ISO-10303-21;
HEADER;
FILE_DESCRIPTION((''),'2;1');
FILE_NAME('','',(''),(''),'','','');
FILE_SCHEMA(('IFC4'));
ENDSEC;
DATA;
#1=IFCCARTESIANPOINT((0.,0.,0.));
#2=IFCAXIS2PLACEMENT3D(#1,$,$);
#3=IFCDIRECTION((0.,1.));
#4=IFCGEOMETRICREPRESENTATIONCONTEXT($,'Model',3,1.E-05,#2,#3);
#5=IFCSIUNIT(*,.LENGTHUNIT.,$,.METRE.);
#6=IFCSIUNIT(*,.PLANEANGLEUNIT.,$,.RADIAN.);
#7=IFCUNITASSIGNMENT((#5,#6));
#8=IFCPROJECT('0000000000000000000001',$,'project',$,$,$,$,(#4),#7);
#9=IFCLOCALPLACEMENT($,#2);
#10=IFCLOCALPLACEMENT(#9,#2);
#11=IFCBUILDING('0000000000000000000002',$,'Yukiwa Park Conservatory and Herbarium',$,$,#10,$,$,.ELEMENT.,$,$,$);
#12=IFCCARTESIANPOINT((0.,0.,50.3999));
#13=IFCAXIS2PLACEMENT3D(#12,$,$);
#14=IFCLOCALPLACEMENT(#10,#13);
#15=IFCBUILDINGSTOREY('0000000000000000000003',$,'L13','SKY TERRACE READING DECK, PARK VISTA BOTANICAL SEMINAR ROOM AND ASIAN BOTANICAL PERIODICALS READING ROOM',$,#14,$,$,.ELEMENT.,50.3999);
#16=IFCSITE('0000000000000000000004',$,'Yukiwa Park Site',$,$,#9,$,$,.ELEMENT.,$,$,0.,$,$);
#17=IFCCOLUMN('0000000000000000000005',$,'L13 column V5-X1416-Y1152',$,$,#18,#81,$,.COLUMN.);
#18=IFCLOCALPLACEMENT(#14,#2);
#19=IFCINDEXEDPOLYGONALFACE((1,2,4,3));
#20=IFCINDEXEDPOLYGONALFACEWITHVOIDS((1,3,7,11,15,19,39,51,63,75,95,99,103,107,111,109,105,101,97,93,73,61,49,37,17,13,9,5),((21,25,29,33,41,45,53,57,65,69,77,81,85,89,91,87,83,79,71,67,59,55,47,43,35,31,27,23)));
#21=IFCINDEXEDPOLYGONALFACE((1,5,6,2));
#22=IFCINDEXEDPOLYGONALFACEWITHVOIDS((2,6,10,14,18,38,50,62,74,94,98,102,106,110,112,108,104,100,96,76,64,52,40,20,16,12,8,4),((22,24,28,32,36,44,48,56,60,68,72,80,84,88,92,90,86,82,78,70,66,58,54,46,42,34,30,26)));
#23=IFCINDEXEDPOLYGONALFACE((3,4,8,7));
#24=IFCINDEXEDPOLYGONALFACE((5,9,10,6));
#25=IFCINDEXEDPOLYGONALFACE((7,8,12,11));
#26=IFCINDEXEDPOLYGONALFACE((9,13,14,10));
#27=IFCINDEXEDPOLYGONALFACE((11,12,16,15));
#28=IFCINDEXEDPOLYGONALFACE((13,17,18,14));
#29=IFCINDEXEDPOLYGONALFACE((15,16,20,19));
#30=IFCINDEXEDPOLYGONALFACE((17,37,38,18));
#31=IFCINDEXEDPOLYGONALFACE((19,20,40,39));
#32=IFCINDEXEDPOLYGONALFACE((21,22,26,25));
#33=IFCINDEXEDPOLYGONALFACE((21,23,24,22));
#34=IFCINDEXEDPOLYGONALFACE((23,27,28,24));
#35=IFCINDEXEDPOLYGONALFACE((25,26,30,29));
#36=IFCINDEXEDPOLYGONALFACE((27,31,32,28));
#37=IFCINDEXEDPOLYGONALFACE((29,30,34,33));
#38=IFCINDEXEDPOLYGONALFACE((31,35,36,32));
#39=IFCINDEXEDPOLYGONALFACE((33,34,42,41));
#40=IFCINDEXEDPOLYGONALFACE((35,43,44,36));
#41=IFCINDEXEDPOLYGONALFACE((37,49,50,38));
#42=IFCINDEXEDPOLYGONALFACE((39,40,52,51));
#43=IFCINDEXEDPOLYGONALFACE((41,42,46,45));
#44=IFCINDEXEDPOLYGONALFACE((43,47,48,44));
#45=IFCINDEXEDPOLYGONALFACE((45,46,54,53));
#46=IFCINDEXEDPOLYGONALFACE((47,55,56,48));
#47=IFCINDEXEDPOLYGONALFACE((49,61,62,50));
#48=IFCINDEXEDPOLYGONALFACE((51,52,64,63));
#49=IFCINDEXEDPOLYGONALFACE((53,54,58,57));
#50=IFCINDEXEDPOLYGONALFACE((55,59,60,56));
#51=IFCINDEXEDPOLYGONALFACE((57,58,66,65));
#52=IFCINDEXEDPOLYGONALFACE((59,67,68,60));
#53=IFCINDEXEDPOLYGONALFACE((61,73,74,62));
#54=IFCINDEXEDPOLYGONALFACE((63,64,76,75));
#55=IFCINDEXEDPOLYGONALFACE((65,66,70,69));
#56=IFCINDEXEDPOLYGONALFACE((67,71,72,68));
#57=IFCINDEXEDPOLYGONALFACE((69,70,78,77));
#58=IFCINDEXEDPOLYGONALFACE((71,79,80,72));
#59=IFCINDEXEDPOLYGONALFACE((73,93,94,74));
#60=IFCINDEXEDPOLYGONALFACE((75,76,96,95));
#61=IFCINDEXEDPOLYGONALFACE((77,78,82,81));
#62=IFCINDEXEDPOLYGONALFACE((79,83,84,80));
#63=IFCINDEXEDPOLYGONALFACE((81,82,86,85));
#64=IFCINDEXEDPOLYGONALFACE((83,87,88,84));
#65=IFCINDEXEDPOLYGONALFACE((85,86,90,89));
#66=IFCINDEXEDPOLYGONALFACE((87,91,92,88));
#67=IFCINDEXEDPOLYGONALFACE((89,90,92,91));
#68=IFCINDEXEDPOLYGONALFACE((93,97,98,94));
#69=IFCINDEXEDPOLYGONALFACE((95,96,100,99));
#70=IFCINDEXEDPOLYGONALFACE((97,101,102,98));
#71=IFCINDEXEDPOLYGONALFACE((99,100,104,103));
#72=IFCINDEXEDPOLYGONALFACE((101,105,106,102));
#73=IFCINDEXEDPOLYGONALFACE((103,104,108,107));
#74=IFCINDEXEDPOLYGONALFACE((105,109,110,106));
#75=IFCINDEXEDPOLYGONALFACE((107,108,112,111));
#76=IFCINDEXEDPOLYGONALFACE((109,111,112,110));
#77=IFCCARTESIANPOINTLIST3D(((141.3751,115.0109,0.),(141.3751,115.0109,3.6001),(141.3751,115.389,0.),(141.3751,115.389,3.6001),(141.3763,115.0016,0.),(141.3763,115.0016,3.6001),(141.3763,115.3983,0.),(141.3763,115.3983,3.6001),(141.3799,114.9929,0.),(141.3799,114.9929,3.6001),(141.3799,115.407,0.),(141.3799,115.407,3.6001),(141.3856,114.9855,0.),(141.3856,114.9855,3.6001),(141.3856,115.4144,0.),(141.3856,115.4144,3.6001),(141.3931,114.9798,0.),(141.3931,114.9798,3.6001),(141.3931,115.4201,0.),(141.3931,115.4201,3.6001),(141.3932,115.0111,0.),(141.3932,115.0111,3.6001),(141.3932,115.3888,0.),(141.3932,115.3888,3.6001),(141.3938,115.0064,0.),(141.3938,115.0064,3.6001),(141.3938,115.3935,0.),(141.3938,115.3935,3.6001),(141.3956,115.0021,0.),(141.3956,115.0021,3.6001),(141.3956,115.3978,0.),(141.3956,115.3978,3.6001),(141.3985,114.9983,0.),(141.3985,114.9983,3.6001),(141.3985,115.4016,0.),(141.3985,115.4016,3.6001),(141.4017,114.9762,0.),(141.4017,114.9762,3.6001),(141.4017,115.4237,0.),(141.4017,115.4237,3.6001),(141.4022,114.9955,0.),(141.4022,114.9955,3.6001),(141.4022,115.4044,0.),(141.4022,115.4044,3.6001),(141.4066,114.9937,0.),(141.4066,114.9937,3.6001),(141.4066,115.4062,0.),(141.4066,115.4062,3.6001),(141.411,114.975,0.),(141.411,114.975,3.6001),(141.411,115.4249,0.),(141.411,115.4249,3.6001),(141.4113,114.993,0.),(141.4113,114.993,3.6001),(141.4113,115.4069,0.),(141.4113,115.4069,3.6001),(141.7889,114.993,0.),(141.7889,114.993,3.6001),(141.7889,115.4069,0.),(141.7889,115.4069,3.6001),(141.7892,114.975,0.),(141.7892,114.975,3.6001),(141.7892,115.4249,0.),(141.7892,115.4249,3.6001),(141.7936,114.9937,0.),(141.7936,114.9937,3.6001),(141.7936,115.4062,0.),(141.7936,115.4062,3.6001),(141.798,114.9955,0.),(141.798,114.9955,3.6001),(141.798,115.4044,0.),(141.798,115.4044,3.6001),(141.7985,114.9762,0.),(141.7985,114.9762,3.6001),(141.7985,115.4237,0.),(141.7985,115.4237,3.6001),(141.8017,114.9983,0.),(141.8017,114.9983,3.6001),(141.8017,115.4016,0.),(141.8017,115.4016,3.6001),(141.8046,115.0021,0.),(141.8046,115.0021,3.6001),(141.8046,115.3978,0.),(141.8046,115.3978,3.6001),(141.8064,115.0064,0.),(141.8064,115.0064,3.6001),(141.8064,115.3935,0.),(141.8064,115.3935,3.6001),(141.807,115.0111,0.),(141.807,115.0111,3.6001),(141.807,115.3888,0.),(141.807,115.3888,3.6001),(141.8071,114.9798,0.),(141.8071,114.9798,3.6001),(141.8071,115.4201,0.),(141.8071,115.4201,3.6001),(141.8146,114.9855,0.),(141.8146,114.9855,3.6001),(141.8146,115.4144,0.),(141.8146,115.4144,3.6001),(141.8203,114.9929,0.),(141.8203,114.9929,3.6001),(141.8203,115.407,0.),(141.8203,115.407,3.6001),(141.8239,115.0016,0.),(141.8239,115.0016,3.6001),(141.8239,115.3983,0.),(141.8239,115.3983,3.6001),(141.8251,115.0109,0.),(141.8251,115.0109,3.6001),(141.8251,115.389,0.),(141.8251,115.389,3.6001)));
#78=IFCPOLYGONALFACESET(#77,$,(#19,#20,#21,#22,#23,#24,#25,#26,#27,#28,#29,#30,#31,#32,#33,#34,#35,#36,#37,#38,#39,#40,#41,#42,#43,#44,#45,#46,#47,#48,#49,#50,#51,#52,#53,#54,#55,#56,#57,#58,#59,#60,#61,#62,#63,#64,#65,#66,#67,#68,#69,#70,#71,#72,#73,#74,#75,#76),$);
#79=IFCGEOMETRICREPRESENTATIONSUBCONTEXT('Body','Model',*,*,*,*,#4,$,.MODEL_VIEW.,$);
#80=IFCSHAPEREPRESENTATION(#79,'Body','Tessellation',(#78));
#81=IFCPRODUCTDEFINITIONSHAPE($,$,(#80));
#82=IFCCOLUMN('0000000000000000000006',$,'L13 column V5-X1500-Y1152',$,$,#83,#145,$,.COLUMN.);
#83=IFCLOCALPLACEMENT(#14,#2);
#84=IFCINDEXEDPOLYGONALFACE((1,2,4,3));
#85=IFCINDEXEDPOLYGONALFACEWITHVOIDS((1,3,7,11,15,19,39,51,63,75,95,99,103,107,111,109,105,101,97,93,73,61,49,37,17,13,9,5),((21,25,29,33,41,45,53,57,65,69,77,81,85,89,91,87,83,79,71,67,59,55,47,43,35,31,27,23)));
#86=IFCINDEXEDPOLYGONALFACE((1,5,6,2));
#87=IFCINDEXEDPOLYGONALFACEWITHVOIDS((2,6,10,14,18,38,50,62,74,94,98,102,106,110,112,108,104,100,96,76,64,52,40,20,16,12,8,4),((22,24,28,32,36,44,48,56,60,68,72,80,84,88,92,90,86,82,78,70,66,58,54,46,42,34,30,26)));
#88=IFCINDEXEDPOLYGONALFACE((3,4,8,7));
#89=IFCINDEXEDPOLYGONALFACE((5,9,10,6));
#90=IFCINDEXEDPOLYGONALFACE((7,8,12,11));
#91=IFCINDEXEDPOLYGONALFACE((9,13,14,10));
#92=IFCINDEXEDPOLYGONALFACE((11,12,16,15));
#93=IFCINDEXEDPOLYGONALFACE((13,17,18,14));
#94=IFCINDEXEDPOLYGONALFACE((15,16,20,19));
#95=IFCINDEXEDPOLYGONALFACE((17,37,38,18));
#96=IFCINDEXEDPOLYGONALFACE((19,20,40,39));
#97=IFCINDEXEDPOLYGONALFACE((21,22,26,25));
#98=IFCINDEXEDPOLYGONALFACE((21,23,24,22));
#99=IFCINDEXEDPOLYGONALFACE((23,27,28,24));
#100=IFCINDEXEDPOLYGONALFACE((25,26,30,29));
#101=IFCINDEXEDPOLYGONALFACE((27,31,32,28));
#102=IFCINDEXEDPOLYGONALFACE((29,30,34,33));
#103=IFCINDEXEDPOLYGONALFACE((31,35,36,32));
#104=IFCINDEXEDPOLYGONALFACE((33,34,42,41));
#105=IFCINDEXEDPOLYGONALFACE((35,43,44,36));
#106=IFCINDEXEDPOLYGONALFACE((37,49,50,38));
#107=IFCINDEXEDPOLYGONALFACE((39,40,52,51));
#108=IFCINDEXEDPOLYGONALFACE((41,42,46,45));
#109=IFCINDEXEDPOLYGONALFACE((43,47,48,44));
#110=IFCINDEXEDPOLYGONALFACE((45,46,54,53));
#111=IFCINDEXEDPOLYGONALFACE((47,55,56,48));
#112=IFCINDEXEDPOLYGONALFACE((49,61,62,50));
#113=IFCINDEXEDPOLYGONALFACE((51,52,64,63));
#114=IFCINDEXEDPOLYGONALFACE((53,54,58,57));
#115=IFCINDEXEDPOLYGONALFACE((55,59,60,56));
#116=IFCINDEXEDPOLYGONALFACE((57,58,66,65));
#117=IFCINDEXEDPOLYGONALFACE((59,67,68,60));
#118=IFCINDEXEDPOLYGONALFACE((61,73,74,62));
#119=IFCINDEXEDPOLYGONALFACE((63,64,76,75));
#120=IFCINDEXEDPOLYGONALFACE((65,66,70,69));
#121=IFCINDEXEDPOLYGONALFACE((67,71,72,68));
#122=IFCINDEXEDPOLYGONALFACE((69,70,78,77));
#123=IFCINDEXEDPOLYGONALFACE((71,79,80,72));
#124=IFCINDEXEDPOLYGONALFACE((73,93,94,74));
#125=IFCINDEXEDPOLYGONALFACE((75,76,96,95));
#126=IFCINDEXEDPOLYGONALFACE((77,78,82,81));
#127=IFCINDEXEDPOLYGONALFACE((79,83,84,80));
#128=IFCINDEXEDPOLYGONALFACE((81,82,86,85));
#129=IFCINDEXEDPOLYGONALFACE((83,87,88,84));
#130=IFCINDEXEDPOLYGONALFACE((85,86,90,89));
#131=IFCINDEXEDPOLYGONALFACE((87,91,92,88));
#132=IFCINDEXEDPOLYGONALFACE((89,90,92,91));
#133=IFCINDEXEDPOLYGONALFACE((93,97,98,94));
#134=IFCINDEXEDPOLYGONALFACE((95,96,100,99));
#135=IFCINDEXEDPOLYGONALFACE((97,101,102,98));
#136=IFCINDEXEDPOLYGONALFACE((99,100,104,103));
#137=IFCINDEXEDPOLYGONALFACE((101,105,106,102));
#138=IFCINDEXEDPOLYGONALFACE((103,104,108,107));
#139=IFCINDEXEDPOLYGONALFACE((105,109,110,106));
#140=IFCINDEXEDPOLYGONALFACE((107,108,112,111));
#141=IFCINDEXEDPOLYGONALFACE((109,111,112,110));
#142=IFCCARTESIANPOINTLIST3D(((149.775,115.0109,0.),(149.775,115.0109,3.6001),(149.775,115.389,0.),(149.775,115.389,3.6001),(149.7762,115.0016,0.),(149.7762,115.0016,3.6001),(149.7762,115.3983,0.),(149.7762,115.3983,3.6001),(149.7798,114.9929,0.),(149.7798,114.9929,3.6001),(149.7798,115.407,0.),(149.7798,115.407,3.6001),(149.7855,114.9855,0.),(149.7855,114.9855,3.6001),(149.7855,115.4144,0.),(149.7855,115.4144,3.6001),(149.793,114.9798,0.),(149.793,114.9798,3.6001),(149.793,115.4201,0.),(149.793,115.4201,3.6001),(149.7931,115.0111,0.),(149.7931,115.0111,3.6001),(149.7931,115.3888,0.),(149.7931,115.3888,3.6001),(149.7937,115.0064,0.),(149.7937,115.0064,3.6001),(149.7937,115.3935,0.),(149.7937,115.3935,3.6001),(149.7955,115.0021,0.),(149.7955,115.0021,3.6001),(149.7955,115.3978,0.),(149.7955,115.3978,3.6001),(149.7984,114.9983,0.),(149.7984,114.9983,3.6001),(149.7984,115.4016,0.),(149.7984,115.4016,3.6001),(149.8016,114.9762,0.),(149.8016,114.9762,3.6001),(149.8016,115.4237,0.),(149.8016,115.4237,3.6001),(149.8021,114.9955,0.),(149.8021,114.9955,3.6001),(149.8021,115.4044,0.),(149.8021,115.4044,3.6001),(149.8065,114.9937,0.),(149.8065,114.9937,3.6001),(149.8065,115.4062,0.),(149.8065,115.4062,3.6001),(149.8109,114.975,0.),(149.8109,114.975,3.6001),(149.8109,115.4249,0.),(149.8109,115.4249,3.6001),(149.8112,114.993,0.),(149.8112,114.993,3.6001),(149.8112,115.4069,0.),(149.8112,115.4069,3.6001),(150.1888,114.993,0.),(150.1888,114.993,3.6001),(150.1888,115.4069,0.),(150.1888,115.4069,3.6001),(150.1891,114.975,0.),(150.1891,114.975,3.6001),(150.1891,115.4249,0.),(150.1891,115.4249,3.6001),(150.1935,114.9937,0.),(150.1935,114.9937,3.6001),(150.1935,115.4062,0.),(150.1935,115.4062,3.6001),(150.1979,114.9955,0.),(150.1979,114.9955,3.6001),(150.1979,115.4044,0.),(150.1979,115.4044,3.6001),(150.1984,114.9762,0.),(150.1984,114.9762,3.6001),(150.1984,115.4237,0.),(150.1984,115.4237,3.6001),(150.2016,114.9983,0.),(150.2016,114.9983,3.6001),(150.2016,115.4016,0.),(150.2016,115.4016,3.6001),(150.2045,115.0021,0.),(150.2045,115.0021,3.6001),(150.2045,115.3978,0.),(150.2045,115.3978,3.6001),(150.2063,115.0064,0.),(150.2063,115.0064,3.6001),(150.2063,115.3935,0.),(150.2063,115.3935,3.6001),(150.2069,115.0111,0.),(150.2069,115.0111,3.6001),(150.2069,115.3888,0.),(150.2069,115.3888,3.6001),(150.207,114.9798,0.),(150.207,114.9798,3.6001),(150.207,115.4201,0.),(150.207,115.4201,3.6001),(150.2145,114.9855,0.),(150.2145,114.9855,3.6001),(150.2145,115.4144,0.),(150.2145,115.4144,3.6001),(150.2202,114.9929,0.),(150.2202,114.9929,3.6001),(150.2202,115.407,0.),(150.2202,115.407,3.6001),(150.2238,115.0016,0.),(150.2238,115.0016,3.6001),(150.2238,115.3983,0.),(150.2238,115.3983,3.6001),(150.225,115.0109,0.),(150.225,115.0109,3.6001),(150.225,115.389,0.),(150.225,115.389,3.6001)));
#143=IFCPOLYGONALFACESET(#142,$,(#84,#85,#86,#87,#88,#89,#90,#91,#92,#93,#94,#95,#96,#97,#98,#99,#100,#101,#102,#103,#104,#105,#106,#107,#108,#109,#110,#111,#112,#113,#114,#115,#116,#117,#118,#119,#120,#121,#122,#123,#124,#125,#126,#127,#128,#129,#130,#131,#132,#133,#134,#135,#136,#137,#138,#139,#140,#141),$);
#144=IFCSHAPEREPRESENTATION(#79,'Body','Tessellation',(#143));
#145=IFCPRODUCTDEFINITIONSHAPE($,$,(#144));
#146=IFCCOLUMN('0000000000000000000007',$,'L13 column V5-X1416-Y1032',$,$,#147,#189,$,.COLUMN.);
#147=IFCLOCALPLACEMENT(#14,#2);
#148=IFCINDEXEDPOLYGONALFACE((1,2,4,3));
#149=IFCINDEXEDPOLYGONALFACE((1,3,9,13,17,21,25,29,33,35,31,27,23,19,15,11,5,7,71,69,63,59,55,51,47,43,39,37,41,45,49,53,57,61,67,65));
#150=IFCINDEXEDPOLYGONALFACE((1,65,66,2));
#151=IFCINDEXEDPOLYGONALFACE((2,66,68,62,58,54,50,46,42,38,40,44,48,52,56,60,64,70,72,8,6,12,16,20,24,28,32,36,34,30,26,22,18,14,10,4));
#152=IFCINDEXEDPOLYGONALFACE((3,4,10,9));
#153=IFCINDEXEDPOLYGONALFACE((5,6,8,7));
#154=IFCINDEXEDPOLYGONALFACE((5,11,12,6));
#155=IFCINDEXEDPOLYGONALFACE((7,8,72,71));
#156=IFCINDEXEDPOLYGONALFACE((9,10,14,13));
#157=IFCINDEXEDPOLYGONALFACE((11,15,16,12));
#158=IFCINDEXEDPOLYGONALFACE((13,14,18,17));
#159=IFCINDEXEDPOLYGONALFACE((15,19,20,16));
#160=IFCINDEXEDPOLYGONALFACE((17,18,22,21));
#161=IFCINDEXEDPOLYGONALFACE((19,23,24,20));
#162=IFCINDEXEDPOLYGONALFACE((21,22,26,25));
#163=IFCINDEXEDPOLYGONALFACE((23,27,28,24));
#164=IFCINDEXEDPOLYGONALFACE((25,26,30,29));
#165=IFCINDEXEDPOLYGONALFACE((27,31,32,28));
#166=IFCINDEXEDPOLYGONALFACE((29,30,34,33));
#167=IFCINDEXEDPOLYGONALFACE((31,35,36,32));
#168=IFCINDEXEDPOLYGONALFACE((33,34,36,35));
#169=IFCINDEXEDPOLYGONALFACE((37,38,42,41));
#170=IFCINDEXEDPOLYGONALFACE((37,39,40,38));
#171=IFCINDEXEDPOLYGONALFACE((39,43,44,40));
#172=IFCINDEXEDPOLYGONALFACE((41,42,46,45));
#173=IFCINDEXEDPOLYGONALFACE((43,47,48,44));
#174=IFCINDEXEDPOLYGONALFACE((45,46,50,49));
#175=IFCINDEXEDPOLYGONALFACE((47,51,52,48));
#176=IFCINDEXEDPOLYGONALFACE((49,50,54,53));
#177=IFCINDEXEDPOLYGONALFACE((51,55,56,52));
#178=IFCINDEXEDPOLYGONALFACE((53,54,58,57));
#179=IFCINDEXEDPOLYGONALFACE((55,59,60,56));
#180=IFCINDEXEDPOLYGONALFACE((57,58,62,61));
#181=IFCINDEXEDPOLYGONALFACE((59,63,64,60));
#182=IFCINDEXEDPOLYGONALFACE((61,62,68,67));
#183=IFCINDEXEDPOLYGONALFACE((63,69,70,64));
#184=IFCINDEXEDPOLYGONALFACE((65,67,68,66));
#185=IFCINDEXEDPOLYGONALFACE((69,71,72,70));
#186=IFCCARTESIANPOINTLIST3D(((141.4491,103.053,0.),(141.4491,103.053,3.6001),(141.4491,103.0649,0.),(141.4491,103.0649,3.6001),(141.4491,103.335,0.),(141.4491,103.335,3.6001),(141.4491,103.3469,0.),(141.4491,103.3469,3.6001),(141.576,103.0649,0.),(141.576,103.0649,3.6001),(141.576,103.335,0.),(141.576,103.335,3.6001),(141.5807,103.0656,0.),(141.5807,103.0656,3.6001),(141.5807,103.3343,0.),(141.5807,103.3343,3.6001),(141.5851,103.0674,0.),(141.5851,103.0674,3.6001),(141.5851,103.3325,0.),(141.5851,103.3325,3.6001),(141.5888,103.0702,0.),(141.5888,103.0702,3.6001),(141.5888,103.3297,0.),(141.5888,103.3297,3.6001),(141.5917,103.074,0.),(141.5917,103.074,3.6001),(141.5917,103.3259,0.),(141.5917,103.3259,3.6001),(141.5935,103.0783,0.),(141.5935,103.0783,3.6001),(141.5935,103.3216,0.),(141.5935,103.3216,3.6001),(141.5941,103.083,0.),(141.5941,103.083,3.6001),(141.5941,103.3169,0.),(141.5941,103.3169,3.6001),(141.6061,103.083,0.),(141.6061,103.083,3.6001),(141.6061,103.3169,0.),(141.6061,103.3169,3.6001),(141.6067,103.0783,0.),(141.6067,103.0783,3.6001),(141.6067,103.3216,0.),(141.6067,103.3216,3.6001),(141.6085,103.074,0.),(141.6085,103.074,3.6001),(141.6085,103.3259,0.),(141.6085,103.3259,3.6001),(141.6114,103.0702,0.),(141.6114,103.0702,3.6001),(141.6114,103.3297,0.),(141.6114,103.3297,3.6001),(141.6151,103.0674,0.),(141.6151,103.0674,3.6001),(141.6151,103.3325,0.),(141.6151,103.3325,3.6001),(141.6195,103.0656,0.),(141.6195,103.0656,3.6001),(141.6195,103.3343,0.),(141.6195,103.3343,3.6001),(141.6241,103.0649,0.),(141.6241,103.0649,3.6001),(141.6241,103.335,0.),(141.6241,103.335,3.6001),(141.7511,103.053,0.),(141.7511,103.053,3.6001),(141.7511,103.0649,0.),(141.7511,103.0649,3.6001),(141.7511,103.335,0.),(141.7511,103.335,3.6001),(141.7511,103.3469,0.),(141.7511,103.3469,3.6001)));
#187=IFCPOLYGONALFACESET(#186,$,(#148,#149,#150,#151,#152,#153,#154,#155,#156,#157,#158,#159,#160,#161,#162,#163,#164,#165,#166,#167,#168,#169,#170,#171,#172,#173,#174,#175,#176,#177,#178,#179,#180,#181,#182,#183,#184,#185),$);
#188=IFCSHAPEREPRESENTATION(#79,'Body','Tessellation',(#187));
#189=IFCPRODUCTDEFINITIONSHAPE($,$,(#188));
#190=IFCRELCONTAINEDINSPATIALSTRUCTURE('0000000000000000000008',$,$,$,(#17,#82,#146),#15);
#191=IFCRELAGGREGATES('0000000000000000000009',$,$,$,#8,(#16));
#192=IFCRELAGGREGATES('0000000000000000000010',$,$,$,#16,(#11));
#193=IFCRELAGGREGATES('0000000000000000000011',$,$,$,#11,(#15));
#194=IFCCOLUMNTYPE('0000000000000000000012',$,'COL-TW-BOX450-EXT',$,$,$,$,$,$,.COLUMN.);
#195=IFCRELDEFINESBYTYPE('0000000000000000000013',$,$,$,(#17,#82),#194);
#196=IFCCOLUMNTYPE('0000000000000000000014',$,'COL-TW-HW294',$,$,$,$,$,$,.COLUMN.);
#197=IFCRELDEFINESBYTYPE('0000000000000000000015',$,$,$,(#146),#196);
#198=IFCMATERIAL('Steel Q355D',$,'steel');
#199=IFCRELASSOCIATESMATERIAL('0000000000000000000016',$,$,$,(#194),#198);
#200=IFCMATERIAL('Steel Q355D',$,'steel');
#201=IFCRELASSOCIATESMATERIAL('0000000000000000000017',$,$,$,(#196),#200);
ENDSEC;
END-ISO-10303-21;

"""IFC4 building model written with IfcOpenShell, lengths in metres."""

from ifc_helpers import new_model, si_unit, direction, frame, origin, origin_2d, place, context, subcontext, project, spatial, hollow_rectangle, i_section, extrude, material, material_profile, profile_set, type_object, element, save


model = new_model("IFC4")

# Units and contexts
model_context = context("Model", 3, precision=1e-05, world=origin(), true_north=direction((0.0, 1.0)))
body_context = subcontext(model_context, "Body", "Model", "MODEL_VIEW")
ifc_project = project(units=[si_unit("LENGTHUNIT", "METRE"), si_unit("PLANEANGLEUNIT", "RADIAN")], contexts=[model_context])

# Site, building, storey
site_placement = place(None, origin())
site = spatial("IfcSite", under=ifc_project, at=site_placement, Name="Yukiwa Park Site", CompositionType="ELEMENT", RefElevation=0.0)
building_placement = place(site_placement, origin())
building = spatial("IfcBuilding", under=site, at=building_placement, Name="Yukiwa Park Conservatory and Herbarium", CompositionType="ELEMENT")
storey_placement = place(building_placement, frame((0.0, 0.0, 50.3999)))
storey = spatial("IfcBuildingStorey", under=building, at=storey_placement, Name="L13", Description="SKY TERRACE READING DECK, PARK VISTA BOTANICAL SEMINAR ROOM AND ASIAN BOTANICAL PERIODICALS READING ROOM", CompositionType="ELEMENT", Elevation=50.3999)

# Columns
ifc_material_1 = material(Name="Steel Q355D", Category="steel")
ifc_material_profile_1 = material_profile(ifc_material_1, hollow_rectangle(XDim=0.45, YDim=0.45, WallThickness=0.0181, InnerFilletRadius=0.0181, OuterFilletRadius=0.0359, at=origin_2d()), Name="BOX 450x450x18")
ifc_profile_set_1 = profile_set([ifc_material_profile_1], Name="Steel Q355D")
column_type_1 = type_object("IfcColumnType", Name="COL-TW-BOX450-EXT", PredefinedType="COLUMN", material=ifc_profile_set_1)
for number, where, z_axis, x_axis, name in (
    (1, (141.6001, 115.2, 0.0), (0.0, 0.0, 1.0), (1.0, 0.0, 0.0), "L13 column V5-X1416-Y1152"),
    (2, (150.0, 115.2, 0.0), (0.0, 0.0, 1.0), (1.0, 0.0, 0.0), "L13 column V5-X1500-Y1152"),
):
    element("IfcColumn", number, at=place(storey_placement, frame(where, z_axis=z_axis, x_axis=x_axis)), inside=storey, type_object=column_type_1, Name=name, PredefinedType="COLUMN", context=body_context, shape_type="SweptSolid", body=[
        extrude(hollow_rectangle(XDim=0.45, YDim=0.45, WallThickness=0.0181, InnerFilletRadius=0.0181, OuterFilletRadius=0.0359, at=origin_2d()), origin(), (0.0, 0.0, 1.0), 3.6001),
    ])
ifc_material_2 = material(Name="Steel Q355D", Category="steel")
ifc_material_profile_2 = material_profile(ifc_material_2, i_section(OverallWidth=0.302, OverallDepth=0.2939, WebThickness=0.012, FlangeThickness=0.012, FilletRadius=0.0181, at=origin_2d()), Name="HW 294x302x12x12")
ifc_profile_set_2 = profile_set([ifc_material_profile_2], Name="Steel Q355D")
column_type_2 = type_object("IfcColumnType", Name="COL-TW-HW294", PredefinedType="COLUMN", material=ifc_profile_set_2)
for number, where, z_axis, x_axis, name in (
    (3, (141.6001, 103.2, 0.0), (0.0, 0.0, 1.0), (1.0, 0.0, 0.0), "L13 column V5-X1416-Y1032"),
):
    element("IfcColumn", number, at=place(storey_placement, frame(where, z_axis=z_axis, x_axis=x_axis)), inside=storey, type_object=column_type_2, Name=name, PredefinedType="COLUMN", context=body_context, shape_type="SweptSolid", body=[
        extrude(i_section(OverallWidth=0.302, OverallDepth=0.2939, WebThickness=0.012, FlangeThickness=0.012, FilletRadius=0.0181, at=origin_2d()), origin(), (0.0, 0.0, 1.0), 3.6001),
    ])

save(model, "model.ifc")
